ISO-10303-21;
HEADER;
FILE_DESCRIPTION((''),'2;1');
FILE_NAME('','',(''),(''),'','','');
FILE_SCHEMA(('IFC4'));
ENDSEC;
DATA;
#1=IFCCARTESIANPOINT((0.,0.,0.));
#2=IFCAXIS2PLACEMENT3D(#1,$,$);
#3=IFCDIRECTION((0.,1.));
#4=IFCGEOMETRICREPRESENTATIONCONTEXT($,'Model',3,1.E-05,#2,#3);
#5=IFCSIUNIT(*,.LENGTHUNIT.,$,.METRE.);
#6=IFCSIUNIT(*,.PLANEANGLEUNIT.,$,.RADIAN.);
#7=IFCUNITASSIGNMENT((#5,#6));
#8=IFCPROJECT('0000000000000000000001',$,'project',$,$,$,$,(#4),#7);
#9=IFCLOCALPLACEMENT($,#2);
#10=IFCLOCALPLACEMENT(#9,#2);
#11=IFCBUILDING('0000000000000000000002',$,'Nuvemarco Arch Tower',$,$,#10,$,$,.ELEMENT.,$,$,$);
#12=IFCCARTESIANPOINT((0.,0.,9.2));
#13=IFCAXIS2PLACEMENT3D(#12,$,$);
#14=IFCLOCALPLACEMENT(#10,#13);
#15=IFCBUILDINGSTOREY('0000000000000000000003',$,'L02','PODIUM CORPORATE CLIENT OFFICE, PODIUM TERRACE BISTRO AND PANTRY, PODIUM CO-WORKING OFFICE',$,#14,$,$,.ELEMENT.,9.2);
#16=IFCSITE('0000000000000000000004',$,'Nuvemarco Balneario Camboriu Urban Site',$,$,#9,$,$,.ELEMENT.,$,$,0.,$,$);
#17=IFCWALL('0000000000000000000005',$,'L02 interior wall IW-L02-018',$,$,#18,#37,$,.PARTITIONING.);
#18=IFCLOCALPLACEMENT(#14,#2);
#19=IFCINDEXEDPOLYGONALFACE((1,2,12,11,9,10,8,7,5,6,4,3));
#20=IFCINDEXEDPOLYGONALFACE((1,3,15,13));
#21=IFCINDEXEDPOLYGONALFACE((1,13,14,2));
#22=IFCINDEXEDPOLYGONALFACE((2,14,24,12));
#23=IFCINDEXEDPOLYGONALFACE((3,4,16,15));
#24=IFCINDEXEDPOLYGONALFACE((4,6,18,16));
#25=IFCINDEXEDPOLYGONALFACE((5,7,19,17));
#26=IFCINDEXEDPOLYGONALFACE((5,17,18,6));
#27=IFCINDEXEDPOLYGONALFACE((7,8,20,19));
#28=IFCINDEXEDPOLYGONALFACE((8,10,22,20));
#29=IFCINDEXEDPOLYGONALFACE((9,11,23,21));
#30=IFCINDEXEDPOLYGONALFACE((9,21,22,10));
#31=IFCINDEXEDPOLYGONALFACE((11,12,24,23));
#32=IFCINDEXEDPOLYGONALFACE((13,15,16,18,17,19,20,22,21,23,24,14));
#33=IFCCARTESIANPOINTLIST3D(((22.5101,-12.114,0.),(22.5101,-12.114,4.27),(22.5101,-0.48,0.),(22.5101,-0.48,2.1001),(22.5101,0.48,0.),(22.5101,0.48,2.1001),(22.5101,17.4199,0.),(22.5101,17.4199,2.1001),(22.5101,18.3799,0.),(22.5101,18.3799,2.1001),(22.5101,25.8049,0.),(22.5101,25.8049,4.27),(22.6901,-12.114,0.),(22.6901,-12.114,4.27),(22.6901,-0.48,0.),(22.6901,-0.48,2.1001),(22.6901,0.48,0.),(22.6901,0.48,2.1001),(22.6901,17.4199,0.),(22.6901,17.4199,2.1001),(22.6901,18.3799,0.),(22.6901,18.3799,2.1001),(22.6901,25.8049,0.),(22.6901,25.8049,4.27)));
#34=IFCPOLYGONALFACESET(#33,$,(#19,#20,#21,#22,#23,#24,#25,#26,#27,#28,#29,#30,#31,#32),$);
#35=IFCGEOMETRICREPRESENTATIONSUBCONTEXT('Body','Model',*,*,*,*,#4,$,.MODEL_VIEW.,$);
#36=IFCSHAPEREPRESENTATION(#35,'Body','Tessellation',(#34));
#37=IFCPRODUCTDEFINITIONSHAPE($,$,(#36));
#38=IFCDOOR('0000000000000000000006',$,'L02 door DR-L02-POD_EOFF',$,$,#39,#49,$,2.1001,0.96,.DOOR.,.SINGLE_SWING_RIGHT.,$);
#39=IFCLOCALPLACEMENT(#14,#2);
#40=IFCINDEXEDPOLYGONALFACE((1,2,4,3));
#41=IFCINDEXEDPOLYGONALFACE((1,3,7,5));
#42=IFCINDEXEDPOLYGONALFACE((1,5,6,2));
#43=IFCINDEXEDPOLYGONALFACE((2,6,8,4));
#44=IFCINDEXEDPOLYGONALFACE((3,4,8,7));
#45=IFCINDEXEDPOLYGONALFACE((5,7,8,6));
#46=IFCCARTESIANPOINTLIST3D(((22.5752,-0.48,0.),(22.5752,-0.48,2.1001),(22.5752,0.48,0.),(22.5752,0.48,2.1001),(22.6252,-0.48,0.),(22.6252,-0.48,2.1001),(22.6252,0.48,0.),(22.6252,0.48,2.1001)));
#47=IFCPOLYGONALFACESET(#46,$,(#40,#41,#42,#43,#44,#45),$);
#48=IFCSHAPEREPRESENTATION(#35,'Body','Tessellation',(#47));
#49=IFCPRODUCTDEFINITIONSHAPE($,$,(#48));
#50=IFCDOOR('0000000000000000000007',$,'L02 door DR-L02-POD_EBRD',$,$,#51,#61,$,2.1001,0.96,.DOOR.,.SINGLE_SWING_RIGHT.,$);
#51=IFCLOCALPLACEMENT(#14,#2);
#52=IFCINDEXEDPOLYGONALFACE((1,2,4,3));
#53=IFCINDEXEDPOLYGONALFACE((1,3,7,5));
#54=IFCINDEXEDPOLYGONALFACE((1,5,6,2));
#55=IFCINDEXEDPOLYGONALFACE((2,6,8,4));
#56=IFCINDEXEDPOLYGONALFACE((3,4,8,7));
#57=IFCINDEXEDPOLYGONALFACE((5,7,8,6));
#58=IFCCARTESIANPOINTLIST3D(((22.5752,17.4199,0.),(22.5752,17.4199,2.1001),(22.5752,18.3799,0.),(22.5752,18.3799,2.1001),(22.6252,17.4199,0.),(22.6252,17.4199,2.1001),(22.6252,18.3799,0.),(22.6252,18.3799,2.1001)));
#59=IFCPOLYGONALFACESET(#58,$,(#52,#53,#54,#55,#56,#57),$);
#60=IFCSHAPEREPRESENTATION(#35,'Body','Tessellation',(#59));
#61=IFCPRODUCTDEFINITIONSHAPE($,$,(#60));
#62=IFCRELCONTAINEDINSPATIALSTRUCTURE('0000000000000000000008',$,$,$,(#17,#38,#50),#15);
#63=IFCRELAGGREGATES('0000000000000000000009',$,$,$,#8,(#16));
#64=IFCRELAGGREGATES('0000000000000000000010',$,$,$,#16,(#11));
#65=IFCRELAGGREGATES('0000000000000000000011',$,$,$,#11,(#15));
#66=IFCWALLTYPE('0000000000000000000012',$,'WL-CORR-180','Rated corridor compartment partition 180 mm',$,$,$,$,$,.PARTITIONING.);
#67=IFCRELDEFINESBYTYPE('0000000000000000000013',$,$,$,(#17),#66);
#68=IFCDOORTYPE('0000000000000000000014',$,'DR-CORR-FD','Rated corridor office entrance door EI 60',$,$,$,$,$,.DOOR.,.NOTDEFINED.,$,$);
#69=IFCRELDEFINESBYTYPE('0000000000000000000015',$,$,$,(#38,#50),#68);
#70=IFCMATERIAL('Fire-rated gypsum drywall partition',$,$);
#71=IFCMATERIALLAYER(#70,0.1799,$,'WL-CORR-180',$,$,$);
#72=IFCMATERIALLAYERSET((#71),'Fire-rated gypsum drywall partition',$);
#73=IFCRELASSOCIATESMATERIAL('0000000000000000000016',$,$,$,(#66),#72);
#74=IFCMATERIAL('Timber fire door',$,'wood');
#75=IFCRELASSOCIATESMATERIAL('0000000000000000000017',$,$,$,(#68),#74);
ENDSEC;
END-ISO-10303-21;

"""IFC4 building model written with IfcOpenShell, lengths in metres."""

from ifc_helpers import new_model, si_unit, direction, frame, frame_2d, origin, place, context, subcontext, project, spatial, rectangle, extrude, source, transform, mapped, material, layer, layer_set, type_object, type_shapes, element, fill, save


model = new_model("IFC4")

# Units and contexts
model_context = context("Model", 3, precision=1e-05, world=origin(), true_north=direction((0.0, 1.0)))
body_context = subcontext(model_context, "Body", "Model", "MODEL_VIEW")
ifc_project = project(units=[si_unit("LENGTHUNIT", "METRE"), si_unit("PLANEANGLEUNIT", "RADIAN")], contexts=[model_context])

# Site, building, storey
site_placement = place(None, origin())
site = spatial("IfcSite", under=ifc_project, at=site_placement, Name="Nuvemarco Balneario Camboriu Urban Site", CompositionType="ELEMENT", RefElevation=0.0)
building_placement = place(site_placement, origin())
building = spatial("IfcBuilding", under=site, at=building_placement, Name="Nuvemarco Arch Tower", CompositionType="ELEMENT")
storey_placement = place(building_placement, frame((0.0, 0.0, 9.2)))
storey = spatial("IfcBuildingStorey", under=building, at=storey_placement, Name="L02", Description="PODIUM CORPORATE CLIENT OFFICE, PODIUM TERRACE BISTRO AND PANTRY, PODIUM CO-WORKING OFFICE", CompositionType="ELEMENT", Elevation=9.2)

# Wall, openings, doors
ifc_material_1 = material(Name="Fire-rated gypsum drywall partition")
ifc_layer_1 = layer(ifc_material_1, 0.1799, Name="WL-CORR-180")
ifc_layer_set_1 = layer_set([ifc_layer_1], Name="Fire-rated gypsum drywall partition")
wall_type_1 = type_object("IfcWallType", Name="WL-CORR-180", Description="Rated corridor compartment partition 180 mm", PredefinedType="PARTITIONING", material=ifc_layer_set_1)
wall_1_placement = place(storey_placement, frame((22.6001, -12.114, 0.0), z_axis=(0.0, 0.0, 1.0), x_axis=(0.0, 1.0, 0.0)))
wall_1 = element("IfcWall", 1, at=wall_1_placement, inside=storey, type_object=wall_type_1, Name="L02 interior wall IW-L02-018", PredefinedType="PARTITIONING", context=body_context, shape_type="SweptSolid", body=[
    extrude(rectangle(XDim=37.9189, YDim=0.1799, at=frame_2d((18.9595, 0.0))), origin(), (0.0, 0.0, 1.0), 4.27),
])
opening_1_placement = place(wall_1_placement, frame((11.634, 0.0, 0.0)))
opening_1 = element("IfcOpeningElement", 2, at=opening_1_placement, cuts=wall_1, PredefinedType="OPENING", context=body_context, shape_type="SweptSolid", body=[
    extrude(rectangle(XDim=0.96, YDim=2.1001, at=frame_2d((0.48, 1.05))), frame((0.0, 0.0999, 0.0), z_axis=(0.0, -1.0, 0.0), x_axis=(1.0, 0.0, 0.0)), (0.0, 0.0, 1.0), 0.2),
])
opening_2_placement = place(wall_1_placement, frame((29.5339, 0.0, 0.0)))
opening_2 = element("IfcOpeningElement", 3, at=opening_2_placement, cuts=wall_1, PredefinedType="OPENING", context=body_context, shape_type="SweptSolid", body=[
    extrude(rectangle(XDim=0.96, YDim=2.1001, at=frame_2d((0.48, 1.05))), frame((0.0, 0.0999, 0.0), z_axis=(0.0, -1.0, 0.0), x_axis=(1.0, 0.0, 0.0)), (0.0, 0.0, 1.0), 0.2),
])
ifc_material_2 = material(Name="Timber fire door", Category="wood")
door_type = type_object("IfcDoorType", Name="DR-CORR-FD", Description="Rated corridor office entrance door EI 60", OperationType="NOTDEFINED", PredefinedType="DOOR", material=ifc_material_2)
shared_shape_1 = source(origin(), body_context, "Body", "SweptSolid", [
    extrude(rectangle(XDim=0.96, YDim=2.1001, at=frame_2d((0.48, 1.05))), frame((0.0, 0.0249, 0.0), z_axis=(0.0, -1.0, 0.0), x_axis=(1.0, 0.0, 0.0)), (0.0, 0.0, 1.0), 0.05),
])
type_shapes(door_type, [shared_shape_1])
door_1_placement = place(opening_1_placement, origin())
door_1 = element("IfcDoor", 4, at=door_1_placement, inside=storey, type_object=door_type, Name="L02 door DR-L02-POD_EOFF", OperationType="SINGLE_SWING_RIGHT", OverallHeight=2.1001, OverallWidth=0.96, PredefinedType="DOOR", context=body_context, shape_type="MappedRepresentation", body=[
    mapped(shared_shape_1, transform((0.0, 0.0, 0.0), scale=1.0)),
])
fill(opening_1, door_1)
door_2_placement = place(opening_2_placement, origin())
door_2 = element("IfcDoor", 5, at=door_2_placement, inside=storey, type_object=door_type, Name="L02 door DR-L02-POD_EBRD", OperationType="SINGLE_SWING_RIGHT", OverallHeight=2.1001, OverallWidth=0.96, PredefinedType="DOOR", context=body_context, shape_type="MappedRepresentation", body=[
    mapped(shared_shape_1, transform((0.0, 0.0, 0.0), scale=1.0)),
])
fill(opening_2, door_2)

save(model, "model.ifc")
